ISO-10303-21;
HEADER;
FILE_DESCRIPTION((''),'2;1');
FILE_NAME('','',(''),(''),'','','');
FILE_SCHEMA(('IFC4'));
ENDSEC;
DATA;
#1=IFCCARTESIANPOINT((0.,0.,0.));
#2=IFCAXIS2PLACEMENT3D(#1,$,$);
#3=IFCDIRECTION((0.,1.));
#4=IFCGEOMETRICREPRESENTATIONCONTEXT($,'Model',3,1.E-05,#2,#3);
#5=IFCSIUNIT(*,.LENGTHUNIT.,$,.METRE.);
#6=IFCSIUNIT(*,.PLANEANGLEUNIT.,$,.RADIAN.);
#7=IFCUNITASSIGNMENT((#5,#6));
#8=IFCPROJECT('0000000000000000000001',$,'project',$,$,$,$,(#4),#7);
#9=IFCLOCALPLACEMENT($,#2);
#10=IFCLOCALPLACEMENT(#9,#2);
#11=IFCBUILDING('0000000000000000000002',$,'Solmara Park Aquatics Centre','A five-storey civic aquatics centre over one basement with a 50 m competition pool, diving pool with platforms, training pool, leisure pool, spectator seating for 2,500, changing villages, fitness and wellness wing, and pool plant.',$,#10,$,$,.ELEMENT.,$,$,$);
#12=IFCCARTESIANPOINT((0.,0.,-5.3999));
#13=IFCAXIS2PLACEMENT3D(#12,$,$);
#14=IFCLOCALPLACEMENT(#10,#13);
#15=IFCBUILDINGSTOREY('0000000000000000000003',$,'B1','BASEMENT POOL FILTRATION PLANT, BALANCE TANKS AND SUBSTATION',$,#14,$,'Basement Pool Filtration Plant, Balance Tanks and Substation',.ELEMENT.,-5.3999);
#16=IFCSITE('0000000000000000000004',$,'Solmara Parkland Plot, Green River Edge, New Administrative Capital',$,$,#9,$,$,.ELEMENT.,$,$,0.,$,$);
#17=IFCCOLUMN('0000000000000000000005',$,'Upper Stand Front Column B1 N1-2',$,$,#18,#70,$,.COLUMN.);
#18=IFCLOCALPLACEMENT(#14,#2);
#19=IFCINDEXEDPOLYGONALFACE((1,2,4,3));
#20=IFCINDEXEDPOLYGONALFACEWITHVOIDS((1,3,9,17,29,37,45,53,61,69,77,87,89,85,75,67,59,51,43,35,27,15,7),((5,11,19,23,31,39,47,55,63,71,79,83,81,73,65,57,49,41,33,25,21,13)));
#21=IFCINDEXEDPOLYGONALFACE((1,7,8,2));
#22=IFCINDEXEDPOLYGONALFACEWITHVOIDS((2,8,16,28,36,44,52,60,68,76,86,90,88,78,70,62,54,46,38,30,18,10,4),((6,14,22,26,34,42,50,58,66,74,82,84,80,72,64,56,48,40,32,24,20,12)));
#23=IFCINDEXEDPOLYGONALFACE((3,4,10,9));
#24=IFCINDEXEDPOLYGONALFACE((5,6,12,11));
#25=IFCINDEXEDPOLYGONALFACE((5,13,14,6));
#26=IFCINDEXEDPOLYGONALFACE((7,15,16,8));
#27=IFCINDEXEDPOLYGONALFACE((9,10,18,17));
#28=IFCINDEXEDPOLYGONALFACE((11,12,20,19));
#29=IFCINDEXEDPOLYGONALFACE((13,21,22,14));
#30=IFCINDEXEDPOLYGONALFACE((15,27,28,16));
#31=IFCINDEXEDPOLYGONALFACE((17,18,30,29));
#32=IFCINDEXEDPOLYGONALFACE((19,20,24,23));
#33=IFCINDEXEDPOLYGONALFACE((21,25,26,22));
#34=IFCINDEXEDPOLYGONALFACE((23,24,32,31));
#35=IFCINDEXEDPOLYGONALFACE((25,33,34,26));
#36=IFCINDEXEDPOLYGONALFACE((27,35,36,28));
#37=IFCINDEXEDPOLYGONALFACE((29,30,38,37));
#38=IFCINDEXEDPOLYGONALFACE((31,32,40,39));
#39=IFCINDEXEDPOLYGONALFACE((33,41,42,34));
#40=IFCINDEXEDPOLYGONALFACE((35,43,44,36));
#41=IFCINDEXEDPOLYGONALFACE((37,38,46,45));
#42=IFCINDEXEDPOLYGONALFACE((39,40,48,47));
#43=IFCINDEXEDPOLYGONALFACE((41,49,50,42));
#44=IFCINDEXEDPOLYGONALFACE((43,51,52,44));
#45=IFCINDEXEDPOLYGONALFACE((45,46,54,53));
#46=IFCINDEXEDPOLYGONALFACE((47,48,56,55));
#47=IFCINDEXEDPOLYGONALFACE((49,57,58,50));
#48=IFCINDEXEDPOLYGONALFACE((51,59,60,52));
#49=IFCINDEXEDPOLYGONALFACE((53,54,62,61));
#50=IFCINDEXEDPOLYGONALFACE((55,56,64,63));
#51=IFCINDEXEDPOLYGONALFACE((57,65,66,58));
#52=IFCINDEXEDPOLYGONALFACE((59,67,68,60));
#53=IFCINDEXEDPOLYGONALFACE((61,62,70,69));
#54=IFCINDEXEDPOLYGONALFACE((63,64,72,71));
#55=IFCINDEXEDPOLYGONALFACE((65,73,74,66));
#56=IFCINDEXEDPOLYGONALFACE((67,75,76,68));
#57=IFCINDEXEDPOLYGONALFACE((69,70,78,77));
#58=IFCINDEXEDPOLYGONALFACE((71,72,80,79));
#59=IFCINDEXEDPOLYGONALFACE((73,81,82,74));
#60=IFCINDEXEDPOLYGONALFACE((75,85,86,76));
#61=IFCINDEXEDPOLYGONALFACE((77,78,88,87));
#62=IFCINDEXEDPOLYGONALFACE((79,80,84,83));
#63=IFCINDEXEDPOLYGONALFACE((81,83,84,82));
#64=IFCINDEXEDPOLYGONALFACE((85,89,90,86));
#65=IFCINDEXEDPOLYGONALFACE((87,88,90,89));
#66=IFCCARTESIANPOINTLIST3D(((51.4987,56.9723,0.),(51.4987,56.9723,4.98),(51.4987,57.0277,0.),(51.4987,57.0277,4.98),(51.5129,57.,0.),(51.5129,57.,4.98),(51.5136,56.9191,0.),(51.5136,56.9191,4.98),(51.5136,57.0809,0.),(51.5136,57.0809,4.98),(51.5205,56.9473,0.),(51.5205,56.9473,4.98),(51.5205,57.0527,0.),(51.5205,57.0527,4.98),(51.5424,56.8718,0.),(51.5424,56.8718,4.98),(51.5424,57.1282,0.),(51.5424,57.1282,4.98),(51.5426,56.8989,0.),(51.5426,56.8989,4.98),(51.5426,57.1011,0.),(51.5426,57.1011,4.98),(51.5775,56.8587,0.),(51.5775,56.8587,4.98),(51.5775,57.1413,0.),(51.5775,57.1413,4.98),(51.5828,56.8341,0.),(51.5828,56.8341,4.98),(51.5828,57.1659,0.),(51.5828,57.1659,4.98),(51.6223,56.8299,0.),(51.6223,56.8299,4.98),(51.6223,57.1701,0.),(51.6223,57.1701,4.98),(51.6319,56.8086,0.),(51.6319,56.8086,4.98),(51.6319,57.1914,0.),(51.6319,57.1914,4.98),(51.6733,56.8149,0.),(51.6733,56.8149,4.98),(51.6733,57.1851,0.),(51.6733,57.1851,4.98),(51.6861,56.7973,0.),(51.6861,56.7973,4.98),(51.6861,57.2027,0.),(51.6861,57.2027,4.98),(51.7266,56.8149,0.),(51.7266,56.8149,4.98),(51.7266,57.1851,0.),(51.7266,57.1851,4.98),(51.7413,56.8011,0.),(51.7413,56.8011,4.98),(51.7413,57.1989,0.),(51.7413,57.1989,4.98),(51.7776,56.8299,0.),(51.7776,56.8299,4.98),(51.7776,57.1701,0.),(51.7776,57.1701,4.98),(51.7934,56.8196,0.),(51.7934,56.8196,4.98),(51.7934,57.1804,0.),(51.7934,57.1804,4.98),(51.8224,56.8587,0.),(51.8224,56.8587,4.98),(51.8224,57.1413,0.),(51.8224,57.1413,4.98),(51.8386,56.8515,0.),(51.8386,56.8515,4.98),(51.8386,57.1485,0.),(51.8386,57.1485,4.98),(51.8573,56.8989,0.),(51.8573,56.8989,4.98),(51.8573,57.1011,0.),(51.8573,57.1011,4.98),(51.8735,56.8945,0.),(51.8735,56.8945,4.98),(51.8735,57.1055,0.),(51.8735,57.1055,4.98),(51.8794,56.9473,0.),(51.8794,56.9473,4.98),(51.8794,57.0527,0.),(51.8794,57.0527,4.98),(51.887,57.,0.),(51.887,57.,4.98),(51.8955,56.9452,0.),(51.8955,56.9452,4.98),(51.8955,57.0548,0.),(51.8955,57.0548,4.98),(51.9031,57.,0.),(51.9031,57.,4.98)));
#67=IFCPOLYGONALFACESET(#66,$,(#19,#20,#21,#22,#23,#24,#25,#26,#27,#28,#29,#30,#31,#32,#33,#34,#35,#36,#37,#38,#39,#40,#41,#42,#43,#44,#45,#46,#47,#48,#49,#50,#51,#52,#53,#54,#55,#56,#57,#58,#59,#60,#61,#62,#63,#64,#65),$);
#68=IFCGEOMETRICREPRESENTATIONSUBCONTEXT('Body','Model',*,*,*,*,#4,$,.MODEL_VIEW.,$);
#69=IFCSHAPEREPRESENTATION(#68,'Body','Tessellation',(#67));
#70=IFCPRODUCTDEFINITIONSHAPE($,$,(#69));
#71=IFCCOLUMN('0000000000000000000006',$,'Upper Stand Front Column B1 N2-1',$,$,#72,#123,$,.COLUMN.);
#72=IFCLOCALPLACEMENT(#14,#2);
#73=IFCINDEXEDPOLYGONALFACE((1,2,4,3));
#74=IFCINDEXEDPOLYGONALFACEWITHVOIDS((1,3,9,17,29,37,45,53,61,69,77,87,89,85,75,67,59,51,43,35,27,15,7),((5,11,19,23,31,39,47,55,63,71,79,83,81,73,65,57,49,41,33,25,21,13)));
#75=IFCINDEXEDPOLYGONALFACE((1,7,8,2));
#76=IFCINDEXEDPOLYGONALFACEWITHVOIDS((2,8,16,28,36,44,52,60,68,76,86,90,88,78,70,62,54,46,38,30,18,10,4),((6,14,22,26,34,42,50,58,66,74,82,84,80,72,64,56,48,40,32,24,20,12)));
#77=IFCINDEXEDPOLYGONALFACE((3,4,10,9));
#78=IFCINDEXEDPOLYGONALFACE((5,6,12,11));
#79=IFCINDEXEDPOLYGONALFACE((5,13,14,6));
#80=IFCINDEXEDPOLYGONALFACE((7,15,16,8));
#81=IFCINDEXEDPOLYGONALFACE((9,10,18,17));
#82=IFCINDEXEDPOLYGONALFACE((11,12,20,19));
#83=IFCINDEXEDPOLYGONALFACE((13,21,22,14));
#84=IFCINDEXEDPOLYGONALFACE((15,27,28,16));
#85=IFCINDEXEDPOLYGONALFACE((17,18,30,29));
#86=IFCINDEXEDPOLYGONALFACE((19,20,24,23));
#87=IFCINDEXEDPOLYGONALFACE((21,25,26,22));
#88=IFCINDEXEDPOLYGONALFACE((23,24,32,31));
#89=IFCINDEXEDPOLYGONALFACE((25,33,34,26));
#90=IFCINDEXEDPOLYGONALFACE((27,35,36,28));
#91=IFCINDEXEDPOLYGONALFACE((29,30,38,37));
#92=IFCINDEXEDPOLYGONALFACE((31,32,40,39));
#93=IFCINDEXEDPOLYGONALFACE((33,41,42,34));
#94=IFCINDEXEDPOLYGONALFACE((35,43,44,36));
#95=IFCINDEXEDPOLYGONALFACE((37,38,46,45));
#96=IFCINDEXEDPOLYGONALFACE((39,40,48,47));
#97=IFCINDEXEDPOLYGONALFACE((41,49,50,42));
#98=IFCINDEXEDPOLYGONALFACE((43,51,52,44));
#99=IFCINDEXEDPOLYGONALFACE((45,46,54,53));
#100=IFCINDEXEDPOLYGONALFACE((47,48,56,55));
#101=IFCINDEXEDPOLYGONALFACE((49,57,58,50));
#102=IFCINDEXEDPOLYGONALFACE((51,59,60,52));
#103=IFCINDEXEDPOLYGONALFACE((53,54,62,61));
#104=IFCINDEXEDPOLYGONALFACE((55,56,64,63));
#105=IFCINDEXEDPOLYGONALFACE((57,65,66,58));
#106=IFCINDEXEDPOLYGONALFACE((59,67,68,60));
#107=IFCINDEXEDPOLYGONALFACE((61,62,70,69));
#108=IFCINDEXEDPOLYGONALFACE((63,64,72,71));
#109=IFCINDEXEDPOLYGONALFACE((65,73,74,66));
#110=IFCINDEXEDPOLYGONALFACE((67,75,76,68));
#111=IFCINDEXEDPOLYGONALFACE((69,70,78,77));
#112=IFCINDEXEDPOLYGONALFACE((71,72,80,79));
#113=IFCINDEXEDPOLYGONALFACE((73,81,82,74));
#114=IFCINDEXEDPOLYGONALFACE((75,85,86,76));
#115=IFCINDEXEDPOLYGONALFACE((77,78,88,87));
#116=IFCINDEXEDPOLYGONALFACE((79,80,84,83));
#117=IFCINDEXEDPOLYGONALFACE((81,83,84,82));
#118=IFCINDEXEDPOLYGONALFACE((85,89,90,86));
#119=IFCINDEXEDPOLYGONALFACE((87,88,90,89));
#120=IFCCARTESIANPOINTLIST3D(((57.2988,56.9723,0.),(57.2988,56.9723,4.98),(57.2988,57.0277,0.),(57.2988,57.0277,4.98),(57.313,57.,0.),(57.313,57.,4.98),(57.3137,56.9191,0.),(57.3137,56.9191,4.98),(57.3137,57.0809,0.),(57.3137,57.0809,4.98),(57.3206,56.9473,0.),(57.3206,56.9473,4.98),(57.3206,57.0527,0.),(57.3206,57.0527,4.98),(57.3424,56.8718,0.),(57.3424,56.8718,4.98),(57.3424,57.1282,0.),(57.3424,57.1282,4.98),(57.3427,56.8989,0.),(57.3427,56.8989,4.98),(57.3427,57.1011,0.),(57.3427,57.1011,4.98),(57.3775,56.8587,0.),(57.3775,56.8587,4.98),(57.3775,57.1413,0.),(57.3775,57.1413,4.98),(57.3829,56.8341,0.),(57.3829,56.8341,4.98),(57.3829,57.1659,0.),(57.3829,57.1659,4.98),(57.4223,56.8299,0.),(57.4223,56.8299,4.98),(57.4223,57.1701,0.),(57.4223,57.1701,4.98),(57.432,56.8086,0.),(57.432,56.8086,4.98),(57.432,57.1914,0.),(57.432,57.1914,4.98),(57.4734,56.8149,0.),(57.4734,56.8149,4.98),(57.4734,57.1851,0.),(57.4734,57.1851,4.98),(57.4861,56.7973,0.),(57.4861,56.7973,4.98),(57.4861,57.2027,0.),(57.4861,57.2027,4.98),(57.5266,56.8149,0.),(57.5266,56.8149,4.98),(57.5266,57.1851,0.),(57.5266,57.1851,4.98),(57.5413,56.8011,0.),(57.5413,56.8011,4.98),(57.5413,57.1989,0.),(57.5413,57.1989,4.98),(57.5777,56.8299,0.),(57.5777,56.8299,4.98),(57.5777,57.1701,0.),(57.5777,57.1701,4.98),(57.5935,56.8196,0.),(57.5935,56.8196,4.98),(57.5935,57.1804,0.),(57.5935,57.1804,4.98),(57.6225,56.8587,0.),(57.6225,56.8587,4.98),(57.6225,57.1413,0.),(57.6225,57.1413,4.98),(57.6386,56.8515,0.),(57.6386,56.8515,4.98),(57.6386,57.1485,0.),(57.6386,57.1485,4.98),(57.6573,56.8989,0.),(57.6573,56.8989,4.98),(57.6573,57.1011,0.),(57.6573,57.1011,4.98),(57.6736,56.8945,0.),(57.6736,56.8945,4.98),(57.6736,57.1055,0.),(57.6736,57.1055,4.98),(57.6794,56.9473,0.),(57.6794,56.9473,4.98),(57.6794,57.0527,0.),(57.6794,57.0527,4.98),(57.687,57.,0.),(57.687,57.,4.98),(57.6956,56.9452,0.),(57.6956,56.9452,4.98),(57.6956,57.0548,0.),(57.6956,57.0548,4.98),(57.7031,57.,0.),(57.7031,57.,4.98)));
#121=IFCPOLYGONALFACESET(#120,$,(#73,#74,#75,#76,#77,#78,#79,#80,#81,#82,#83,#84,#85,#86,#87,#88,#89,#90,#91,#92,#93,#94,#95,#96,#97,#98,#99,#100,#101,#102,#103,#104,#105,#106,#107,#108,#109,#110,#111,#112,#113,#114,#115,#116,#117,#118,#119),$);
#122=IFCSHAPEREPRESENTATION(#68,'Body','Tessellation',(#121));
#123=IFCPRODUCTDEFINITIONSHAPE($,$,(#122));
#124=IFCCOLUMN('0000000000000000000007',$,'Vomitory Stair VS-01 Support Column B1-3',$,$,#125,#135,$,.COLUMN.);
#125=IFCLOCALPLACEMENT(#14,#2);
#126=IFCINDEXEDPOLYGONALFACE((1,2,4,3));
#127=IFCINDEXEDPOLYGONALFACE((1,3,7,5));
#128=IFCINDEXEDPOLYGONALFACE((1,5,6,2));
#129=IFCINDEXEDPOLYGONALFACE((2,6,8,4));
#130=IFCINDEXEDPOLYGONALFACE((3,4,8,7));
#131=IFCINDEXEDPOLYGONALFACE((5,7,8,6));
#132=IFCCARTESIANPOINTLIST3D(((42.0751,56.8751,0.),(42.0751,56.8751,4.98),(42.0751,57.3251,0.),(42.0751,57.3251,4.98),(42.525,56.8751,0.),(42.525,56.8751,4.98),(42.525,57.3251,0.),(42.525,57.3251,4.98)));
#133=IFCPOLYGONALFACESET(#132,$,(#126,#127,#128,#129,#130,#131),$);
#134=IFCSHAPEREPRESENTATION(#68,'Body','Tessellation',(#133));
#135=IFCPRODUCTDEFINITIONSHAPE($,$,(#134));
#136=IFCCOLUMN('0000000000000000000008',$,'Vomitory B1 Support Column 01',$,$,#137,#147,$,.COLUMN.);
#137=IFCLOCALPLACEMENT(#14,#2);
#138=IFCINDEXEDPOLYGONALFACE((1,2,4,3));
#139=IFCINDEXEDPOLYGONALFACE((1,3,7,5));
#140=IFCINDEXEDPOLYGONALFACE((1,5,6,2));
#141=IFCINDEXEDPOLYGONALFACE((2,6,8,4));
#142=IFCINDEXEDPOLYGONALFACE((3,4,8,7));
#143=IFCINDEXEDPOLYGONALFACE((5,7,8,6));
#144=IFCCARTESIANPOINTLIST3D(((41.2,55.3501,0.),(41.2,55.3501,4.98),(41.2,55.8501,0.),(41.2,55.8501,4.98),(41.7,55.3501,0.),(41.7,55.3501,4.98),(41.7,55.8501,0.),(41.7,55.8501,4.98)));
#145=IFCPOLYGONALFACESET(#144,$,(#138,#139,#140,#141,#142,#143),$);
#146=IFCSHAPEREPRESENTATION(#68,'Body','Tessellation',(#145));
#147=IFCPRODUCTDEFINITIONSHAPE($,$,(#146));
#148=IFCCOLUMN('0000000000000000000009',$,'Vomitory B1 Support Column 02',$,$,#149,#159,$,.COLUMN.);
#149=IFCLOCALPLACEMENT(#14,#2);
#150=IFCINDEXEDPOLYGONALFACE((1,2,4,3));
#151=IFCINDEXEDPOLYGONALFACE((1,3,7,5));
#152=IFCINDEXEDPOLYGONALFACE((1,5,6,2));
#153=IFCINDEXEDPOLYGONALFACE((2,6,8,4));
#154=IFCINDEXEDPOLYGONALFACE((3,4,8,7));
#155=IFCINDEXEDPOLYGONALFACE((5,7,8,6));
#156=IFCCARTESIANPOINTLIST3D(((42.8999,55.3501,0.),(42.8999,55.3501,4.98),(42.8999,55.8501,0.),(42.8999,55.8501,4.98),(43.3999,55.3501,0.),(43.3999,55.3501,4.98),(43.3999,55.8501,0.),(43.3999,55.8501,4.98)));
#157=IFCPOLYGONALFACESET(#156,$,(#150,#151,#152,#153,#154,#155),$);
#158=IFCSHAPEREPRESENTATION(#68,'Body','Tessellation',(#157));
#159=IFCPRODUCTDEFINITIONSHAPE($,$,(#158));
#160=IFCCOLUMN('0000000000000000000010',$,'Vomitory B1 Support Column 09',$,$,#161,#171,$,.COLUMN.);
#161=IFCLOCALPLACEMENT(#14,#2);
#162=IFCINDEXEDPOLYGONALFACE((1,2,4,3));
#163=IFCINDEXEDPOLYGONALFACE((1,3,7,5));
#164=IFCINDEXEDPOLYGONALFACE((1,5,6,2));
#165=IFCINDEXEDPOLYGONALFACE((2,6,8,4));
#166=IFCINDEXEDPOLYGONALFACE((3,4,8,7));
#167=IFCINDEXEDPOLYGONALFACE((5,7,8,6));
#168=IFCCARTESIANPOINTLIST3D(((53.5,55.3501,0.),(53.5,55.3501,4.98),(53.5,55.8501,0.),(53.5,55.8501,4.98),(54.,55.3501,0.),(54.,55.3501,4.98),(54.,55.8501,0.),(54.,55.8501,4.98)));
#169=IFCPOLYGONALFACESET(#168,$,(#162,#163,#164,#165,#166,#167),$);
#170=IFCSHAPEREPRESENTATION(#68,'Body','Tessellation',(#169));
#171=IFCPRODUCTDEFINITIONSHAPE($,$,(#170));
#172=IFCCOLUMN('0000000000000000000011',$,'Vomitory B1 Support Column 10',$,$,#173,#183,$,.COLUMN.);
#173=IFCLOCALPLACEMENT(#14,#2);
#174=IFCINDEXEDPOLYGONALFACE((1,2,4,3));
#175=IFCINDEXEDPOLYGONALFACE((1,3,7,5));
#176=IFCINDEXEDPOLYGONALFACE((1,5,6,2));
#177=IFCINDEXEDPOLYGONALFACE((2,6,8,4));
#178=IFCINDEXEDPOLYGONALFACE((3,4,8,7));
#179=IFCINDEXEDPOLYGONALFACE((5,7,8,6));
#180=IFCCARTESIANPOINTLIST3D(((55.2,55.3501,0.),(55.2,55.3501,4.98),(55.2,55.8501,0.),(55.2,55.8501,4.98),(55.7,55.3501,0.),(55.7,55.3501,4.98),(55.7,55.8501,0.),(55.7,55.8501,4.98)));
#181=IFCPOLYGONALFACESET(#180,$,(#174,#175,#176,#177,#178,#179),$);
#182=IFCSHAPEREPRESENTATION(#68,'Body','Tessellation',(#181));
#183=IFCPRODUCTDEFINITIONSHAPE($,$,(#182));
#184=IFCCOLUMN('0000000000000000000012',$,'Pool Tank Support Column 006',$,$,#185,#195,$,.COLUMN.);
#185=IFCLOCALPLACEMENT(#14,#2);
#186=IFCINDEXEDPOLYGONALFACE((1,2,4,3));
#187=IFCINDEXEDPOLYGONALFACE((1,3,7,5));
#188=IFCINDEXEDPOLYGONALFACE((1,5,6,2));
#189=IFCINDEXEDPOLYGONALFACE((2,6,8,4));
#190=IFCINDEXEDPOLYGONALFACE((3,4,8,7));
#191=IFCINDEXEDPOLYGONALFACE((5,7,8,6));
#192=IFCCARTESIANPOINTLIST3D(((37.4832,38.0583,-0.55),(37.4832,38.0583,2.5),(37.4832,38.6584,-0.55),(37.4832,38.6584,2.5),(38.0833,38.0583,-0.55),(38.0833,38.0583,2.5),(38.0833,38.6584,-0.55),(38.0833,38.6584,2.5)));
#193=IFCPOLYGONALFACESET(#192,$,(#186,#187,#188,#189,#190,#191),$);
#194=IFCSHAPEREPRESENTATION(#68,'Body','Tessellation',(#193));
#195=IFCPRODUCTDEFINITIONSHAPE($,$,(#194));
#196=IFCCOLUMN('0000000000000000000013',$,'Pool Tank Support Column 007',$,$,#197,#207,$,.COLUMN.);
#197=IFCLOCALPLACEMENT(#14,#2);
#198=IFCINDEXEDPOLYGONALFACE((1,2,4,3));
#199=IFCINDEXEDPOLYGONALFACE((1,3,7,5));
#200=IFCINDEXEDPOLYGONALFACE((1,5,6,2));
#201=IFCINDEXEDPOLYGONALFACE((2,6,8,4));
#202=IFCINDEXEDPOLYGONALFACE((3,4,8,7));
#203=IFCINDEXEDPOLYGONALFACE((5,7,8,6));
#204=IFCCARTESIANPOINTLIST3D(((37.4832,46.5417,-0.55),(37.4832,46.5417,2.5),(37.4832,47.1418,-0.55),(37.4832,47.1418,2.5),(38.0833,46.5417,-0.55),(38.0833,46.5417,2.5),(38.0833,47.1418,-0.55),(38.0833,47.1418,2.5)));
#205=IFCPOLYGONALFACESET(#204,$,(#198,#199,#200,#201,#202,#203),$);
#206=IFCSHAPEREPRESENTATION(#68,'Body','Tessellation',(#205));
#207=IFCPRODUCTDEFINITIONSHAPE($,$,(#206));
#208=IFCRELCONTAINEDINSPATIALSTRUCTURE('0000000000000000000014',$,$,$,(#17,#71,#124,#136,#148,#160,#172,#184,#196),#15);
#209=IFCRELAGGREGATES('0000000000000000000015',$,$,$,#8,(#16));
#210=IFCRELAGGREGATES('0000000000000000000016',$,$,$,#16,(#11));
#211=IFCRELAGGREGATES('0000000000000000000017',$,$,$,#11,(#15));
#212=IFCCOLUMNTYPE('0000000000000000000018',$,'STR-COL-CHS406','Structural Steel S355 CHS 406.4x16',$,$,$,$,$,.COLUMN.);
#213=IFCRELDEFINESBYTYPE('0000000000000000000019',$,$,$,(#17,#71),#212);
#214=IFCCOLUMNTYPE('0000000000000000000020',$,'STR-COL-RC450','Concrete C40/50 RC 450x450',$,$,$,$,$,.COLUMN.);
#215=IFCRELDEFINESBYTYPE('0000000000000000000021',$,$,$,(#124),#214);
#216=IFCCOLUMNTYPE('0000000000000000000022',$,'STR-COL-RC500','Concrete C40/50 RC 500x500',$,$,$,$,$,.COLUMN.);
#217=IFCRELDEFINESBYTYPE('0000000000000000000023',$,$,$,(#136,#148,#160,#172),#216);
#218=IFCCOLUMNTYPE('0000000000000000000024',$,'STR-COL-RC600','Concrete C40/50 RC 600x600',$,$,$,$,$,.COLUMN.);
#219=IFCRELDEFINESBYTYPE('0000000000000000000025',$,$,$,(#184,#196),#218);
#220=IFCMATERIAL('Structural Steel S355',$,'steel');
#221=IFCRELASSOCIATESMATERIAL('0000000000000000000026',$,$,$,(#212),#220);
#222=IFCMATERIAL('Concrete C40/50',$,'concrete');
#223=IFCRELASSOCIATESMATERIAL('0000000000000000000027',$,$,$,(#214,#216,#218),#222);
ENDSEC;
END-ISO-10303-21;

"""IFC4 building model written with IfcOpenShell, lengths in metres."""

from ifc_helpers import new_model, si_unit, direction, frame, origin, origin_2d, place, context, subcontext, project, spatial, rectangle, hollow_circle, extrude, material, material_profile, profile_set, type_object, element, save


model = new_model("IFC4")

# Units and contexts
model_context = context("Model", 3, precision=1e-05, world=origin(), true_north=direction((0.0, 1.0)))
body_context = subcontext(model_context, "Body", "Model", "MODEL_VIEW")
ifc_project = project(units=[si_unit("LENGTHUNIT", "METRE"), si_unit("PLANEANGLEUNIT", "RADIAN")], contexts=[model_context])

# Site, building, storey
site_placement = place(None, origin())
site = spatial("IfcSite", under=ifc_project, at=site_placement, Name="Solmara Parkland Plot, Green River Edge, New Administrative Capital", CompositionType="ELEMENT", RefElevation=0.0)
building_placement = place(site_placement, origin())
building = spatial("IfcBuilding", under=site, at=building_placement, Name="Solmara Park Aquatics Centre", Description="A five-storey civic aquatics centre over one basement with a 50 m competition pool, diving pool with platforms, training pool, leisure pool, spectator seating for 2,500, changing villages, fitness and wellness wing, and pool plant.", CompositionType="ELEMENT")
storey_placement = place(building_placement, frame((0.0, 0.0, -5.3999)))
storey = spatial("IfcBuildingStorey", under=building, at=storey_placement, Name="B1", Description="BASEMENT POOL FILTRATION PLANT, BALANCE TANKS AND SUBSTATION", LongName="Basement Pool Filtration Plant, Balance Tanks and Substation", CompositionType="ELEMENT", Elevation=-5.3999)

# Columns
ifc_material_1 = material(Name="Structural Steel S355", Category="steel")
ifc_material_profile_1 = material_profile(ifc_material_1, hollow_circle(Radius=0.2031, WallThickness=0.0161, at=origin_2d()), Name="CHS 406.4x16")
ifc_profile_set_1 = profile_set([ifc_material_profile_1], Name="Structural Steel S355")
column_type_1 = type_object("IfcColumnType", Name="STR-COL-CHS406", Description="Structural Steel S355 CHS 406.4x16", PredefinedType="COLUMN", material=ifc_profile_set_1)
for number, where, z_axis, x_axis, name in (
    (1, (51.7, 57.0, 0.0), (0.0, 0.0, 1.0), (1.0, 0.0, 0.0), "Upper Stand Front Column B1 N1-2"),
    (2, (57.5, 57.0, 0.0), (0.0, 0.0, 1.0), (1.0, 0.0, 0.0), "Upper Stand Front Column B1 N2-1"),
):
    element("IfcColumn", number, at=place(storey_placement, frame(where, z_axis=z_axis, x_axis=x_axis)), inside=storey, type_object=column_type_1, Name=name, PredefinedType="COLUMN", context=body_context, shape_type="SweptSolid", body=[
        extrude(hollow_circle(Radius=0.2031, WallThickness=0.0161, at=origin_2d()), origin(), (0.0, 0.0, 1.0), 4.98),
    ])
ifc_material_2 = material(Name="Concrete C40/50", Category="concrete")
ifc_material_profile_2 = material_profile(ifc_material_2, rectangle(XDim=0.45, YDim=0.45, at=origin_2d()), Name="RC 450x450")
ifc_profile_set_2 = profile_set([ifc_material_profile_2], Name="Concrete C40/50")
column_type_2 = type_object("IfcColumnType", Name="STR-COL-RC450", Description="Concrete C40/50 RC 450x450", PredefinedType="COLUMN", material=ifc_profile_set_2)
column_placement = place(storey_placement, frame((42.3, 57.1001, 0.0), z_axis=(0.0, 0.0, 1.0), x_axis=(1.0, 0.0, 0.0)))
element("IfcColumn", 3, at=column_placement, inside=storey, type_object=column_type_2, Name="Vomitory Stair VS-01 Support Column B1-3", PredefinedType="COLUMN", context=body_context, shape_type="SweptSolid", body=[
    extrude(rectangle(XDim=0.45, YDim=0.45, at=origin_2d()), origin(), (0.0, 0.0, 1.0), 4.98),
])
ifc_material_profile_3 = material_profile(ifc_material_2, rectangle(XDim=0.5, YDim=0.5, at=origin_2d()), Name="RC 500x500")
ifc_profile_set_3 = profile_set([ifc_material_profile_3], Name="Concrete C40/50")
column_type_3 = type_object("IfcColumnType", Name="STR-COL-RC500", Description="Concrete C40/50 RC 500x500", PredefinedType="COLUMN", material=ifc_profile_set_3)
for number, where, z_axis, x_axis, name in (
    (4, (41.45, 55.6001, 0.0), (0.0, 0.0, 1.0), (1.0, 0.0, 0.0), "Vomitory B1 Support Column 01"),
    (5, (43.1499, 55.6001, 0.0), (0.0, 0.0, 1.0), (1.0, 0.0, 0.0), "Vomitory B1 Support Column 02"),
    (6, (53.75, 55.6001, 0.0), (0.0, 0.0, 1.0), (1.0, 0.0, 0.0), "Vomitory B1 Support Column 09"),
    (7, (55.45, 55.6001, 0.0), (0.0, 0.0, 1.0), (1.0, 0.0, 0.0), "Vomitory B1 Support Column 10"),
):
    element("IfcColumn", number, at=place(storey_placement, frame(where, z_axis=z_axis, x_axis=x_axis)), inside=storey, type_object=column_type_3, Name=name, PredefinedType="COLUMN", context=body_context, shape_type="SweptSolid", body=[
        extrude(rectangle(XDim=0.5, YDim=0.5, at=origin_2d()), origin(), (0.0, 0.0, 1.0), 4.98),
    ])
ifc_material_profile_4 = material_profile(ifc_material_2, rectangle(XDim=0.6001, YDim=0.6001, at=origin_2d()), Name="RC 600x600")
ifc_profile_set_4 = profile_set([ifc_material_profile_4], Name="Concrete C40/50")
column_type_4 = type_object("IfcColumnType", Name="STR-COL-RC600", Description="Concrete C40/50 RC 600x600", PredefinedType="COLUMN", material=ifc_profile_set_4)
for number, where, z_axis, x_axis, name in (
    (8, (37.7832, 38.3584, -0.55), (0.0, 0.0, 1.0), (1.0, 0.0, 0.0), "Pool Tank Support Column 006"),
    (9, (37.7832, 46.8418, -0.55), (0.0, 0.0, 1.0), (1.0, 0.0, 0.0), "Pool Tank Support Column 007"),
):
    element("IfcColumn", number, at=place(storey_placement, frame(where, z_axis=z_axis, x_axis=x_axis)), inside=storey, type_object=column_type_4, Name=name, PredefinedType="COLUMN", context=body_context, shape_type="SweptSolid", body=[
        extrude(rectangle(XDim=0.6001, YDim=0.6001, at=origin_2d()), origin(), (0.0, 0.0, 1.0), 3.05),
    ])

save(model, "model.ifc")
